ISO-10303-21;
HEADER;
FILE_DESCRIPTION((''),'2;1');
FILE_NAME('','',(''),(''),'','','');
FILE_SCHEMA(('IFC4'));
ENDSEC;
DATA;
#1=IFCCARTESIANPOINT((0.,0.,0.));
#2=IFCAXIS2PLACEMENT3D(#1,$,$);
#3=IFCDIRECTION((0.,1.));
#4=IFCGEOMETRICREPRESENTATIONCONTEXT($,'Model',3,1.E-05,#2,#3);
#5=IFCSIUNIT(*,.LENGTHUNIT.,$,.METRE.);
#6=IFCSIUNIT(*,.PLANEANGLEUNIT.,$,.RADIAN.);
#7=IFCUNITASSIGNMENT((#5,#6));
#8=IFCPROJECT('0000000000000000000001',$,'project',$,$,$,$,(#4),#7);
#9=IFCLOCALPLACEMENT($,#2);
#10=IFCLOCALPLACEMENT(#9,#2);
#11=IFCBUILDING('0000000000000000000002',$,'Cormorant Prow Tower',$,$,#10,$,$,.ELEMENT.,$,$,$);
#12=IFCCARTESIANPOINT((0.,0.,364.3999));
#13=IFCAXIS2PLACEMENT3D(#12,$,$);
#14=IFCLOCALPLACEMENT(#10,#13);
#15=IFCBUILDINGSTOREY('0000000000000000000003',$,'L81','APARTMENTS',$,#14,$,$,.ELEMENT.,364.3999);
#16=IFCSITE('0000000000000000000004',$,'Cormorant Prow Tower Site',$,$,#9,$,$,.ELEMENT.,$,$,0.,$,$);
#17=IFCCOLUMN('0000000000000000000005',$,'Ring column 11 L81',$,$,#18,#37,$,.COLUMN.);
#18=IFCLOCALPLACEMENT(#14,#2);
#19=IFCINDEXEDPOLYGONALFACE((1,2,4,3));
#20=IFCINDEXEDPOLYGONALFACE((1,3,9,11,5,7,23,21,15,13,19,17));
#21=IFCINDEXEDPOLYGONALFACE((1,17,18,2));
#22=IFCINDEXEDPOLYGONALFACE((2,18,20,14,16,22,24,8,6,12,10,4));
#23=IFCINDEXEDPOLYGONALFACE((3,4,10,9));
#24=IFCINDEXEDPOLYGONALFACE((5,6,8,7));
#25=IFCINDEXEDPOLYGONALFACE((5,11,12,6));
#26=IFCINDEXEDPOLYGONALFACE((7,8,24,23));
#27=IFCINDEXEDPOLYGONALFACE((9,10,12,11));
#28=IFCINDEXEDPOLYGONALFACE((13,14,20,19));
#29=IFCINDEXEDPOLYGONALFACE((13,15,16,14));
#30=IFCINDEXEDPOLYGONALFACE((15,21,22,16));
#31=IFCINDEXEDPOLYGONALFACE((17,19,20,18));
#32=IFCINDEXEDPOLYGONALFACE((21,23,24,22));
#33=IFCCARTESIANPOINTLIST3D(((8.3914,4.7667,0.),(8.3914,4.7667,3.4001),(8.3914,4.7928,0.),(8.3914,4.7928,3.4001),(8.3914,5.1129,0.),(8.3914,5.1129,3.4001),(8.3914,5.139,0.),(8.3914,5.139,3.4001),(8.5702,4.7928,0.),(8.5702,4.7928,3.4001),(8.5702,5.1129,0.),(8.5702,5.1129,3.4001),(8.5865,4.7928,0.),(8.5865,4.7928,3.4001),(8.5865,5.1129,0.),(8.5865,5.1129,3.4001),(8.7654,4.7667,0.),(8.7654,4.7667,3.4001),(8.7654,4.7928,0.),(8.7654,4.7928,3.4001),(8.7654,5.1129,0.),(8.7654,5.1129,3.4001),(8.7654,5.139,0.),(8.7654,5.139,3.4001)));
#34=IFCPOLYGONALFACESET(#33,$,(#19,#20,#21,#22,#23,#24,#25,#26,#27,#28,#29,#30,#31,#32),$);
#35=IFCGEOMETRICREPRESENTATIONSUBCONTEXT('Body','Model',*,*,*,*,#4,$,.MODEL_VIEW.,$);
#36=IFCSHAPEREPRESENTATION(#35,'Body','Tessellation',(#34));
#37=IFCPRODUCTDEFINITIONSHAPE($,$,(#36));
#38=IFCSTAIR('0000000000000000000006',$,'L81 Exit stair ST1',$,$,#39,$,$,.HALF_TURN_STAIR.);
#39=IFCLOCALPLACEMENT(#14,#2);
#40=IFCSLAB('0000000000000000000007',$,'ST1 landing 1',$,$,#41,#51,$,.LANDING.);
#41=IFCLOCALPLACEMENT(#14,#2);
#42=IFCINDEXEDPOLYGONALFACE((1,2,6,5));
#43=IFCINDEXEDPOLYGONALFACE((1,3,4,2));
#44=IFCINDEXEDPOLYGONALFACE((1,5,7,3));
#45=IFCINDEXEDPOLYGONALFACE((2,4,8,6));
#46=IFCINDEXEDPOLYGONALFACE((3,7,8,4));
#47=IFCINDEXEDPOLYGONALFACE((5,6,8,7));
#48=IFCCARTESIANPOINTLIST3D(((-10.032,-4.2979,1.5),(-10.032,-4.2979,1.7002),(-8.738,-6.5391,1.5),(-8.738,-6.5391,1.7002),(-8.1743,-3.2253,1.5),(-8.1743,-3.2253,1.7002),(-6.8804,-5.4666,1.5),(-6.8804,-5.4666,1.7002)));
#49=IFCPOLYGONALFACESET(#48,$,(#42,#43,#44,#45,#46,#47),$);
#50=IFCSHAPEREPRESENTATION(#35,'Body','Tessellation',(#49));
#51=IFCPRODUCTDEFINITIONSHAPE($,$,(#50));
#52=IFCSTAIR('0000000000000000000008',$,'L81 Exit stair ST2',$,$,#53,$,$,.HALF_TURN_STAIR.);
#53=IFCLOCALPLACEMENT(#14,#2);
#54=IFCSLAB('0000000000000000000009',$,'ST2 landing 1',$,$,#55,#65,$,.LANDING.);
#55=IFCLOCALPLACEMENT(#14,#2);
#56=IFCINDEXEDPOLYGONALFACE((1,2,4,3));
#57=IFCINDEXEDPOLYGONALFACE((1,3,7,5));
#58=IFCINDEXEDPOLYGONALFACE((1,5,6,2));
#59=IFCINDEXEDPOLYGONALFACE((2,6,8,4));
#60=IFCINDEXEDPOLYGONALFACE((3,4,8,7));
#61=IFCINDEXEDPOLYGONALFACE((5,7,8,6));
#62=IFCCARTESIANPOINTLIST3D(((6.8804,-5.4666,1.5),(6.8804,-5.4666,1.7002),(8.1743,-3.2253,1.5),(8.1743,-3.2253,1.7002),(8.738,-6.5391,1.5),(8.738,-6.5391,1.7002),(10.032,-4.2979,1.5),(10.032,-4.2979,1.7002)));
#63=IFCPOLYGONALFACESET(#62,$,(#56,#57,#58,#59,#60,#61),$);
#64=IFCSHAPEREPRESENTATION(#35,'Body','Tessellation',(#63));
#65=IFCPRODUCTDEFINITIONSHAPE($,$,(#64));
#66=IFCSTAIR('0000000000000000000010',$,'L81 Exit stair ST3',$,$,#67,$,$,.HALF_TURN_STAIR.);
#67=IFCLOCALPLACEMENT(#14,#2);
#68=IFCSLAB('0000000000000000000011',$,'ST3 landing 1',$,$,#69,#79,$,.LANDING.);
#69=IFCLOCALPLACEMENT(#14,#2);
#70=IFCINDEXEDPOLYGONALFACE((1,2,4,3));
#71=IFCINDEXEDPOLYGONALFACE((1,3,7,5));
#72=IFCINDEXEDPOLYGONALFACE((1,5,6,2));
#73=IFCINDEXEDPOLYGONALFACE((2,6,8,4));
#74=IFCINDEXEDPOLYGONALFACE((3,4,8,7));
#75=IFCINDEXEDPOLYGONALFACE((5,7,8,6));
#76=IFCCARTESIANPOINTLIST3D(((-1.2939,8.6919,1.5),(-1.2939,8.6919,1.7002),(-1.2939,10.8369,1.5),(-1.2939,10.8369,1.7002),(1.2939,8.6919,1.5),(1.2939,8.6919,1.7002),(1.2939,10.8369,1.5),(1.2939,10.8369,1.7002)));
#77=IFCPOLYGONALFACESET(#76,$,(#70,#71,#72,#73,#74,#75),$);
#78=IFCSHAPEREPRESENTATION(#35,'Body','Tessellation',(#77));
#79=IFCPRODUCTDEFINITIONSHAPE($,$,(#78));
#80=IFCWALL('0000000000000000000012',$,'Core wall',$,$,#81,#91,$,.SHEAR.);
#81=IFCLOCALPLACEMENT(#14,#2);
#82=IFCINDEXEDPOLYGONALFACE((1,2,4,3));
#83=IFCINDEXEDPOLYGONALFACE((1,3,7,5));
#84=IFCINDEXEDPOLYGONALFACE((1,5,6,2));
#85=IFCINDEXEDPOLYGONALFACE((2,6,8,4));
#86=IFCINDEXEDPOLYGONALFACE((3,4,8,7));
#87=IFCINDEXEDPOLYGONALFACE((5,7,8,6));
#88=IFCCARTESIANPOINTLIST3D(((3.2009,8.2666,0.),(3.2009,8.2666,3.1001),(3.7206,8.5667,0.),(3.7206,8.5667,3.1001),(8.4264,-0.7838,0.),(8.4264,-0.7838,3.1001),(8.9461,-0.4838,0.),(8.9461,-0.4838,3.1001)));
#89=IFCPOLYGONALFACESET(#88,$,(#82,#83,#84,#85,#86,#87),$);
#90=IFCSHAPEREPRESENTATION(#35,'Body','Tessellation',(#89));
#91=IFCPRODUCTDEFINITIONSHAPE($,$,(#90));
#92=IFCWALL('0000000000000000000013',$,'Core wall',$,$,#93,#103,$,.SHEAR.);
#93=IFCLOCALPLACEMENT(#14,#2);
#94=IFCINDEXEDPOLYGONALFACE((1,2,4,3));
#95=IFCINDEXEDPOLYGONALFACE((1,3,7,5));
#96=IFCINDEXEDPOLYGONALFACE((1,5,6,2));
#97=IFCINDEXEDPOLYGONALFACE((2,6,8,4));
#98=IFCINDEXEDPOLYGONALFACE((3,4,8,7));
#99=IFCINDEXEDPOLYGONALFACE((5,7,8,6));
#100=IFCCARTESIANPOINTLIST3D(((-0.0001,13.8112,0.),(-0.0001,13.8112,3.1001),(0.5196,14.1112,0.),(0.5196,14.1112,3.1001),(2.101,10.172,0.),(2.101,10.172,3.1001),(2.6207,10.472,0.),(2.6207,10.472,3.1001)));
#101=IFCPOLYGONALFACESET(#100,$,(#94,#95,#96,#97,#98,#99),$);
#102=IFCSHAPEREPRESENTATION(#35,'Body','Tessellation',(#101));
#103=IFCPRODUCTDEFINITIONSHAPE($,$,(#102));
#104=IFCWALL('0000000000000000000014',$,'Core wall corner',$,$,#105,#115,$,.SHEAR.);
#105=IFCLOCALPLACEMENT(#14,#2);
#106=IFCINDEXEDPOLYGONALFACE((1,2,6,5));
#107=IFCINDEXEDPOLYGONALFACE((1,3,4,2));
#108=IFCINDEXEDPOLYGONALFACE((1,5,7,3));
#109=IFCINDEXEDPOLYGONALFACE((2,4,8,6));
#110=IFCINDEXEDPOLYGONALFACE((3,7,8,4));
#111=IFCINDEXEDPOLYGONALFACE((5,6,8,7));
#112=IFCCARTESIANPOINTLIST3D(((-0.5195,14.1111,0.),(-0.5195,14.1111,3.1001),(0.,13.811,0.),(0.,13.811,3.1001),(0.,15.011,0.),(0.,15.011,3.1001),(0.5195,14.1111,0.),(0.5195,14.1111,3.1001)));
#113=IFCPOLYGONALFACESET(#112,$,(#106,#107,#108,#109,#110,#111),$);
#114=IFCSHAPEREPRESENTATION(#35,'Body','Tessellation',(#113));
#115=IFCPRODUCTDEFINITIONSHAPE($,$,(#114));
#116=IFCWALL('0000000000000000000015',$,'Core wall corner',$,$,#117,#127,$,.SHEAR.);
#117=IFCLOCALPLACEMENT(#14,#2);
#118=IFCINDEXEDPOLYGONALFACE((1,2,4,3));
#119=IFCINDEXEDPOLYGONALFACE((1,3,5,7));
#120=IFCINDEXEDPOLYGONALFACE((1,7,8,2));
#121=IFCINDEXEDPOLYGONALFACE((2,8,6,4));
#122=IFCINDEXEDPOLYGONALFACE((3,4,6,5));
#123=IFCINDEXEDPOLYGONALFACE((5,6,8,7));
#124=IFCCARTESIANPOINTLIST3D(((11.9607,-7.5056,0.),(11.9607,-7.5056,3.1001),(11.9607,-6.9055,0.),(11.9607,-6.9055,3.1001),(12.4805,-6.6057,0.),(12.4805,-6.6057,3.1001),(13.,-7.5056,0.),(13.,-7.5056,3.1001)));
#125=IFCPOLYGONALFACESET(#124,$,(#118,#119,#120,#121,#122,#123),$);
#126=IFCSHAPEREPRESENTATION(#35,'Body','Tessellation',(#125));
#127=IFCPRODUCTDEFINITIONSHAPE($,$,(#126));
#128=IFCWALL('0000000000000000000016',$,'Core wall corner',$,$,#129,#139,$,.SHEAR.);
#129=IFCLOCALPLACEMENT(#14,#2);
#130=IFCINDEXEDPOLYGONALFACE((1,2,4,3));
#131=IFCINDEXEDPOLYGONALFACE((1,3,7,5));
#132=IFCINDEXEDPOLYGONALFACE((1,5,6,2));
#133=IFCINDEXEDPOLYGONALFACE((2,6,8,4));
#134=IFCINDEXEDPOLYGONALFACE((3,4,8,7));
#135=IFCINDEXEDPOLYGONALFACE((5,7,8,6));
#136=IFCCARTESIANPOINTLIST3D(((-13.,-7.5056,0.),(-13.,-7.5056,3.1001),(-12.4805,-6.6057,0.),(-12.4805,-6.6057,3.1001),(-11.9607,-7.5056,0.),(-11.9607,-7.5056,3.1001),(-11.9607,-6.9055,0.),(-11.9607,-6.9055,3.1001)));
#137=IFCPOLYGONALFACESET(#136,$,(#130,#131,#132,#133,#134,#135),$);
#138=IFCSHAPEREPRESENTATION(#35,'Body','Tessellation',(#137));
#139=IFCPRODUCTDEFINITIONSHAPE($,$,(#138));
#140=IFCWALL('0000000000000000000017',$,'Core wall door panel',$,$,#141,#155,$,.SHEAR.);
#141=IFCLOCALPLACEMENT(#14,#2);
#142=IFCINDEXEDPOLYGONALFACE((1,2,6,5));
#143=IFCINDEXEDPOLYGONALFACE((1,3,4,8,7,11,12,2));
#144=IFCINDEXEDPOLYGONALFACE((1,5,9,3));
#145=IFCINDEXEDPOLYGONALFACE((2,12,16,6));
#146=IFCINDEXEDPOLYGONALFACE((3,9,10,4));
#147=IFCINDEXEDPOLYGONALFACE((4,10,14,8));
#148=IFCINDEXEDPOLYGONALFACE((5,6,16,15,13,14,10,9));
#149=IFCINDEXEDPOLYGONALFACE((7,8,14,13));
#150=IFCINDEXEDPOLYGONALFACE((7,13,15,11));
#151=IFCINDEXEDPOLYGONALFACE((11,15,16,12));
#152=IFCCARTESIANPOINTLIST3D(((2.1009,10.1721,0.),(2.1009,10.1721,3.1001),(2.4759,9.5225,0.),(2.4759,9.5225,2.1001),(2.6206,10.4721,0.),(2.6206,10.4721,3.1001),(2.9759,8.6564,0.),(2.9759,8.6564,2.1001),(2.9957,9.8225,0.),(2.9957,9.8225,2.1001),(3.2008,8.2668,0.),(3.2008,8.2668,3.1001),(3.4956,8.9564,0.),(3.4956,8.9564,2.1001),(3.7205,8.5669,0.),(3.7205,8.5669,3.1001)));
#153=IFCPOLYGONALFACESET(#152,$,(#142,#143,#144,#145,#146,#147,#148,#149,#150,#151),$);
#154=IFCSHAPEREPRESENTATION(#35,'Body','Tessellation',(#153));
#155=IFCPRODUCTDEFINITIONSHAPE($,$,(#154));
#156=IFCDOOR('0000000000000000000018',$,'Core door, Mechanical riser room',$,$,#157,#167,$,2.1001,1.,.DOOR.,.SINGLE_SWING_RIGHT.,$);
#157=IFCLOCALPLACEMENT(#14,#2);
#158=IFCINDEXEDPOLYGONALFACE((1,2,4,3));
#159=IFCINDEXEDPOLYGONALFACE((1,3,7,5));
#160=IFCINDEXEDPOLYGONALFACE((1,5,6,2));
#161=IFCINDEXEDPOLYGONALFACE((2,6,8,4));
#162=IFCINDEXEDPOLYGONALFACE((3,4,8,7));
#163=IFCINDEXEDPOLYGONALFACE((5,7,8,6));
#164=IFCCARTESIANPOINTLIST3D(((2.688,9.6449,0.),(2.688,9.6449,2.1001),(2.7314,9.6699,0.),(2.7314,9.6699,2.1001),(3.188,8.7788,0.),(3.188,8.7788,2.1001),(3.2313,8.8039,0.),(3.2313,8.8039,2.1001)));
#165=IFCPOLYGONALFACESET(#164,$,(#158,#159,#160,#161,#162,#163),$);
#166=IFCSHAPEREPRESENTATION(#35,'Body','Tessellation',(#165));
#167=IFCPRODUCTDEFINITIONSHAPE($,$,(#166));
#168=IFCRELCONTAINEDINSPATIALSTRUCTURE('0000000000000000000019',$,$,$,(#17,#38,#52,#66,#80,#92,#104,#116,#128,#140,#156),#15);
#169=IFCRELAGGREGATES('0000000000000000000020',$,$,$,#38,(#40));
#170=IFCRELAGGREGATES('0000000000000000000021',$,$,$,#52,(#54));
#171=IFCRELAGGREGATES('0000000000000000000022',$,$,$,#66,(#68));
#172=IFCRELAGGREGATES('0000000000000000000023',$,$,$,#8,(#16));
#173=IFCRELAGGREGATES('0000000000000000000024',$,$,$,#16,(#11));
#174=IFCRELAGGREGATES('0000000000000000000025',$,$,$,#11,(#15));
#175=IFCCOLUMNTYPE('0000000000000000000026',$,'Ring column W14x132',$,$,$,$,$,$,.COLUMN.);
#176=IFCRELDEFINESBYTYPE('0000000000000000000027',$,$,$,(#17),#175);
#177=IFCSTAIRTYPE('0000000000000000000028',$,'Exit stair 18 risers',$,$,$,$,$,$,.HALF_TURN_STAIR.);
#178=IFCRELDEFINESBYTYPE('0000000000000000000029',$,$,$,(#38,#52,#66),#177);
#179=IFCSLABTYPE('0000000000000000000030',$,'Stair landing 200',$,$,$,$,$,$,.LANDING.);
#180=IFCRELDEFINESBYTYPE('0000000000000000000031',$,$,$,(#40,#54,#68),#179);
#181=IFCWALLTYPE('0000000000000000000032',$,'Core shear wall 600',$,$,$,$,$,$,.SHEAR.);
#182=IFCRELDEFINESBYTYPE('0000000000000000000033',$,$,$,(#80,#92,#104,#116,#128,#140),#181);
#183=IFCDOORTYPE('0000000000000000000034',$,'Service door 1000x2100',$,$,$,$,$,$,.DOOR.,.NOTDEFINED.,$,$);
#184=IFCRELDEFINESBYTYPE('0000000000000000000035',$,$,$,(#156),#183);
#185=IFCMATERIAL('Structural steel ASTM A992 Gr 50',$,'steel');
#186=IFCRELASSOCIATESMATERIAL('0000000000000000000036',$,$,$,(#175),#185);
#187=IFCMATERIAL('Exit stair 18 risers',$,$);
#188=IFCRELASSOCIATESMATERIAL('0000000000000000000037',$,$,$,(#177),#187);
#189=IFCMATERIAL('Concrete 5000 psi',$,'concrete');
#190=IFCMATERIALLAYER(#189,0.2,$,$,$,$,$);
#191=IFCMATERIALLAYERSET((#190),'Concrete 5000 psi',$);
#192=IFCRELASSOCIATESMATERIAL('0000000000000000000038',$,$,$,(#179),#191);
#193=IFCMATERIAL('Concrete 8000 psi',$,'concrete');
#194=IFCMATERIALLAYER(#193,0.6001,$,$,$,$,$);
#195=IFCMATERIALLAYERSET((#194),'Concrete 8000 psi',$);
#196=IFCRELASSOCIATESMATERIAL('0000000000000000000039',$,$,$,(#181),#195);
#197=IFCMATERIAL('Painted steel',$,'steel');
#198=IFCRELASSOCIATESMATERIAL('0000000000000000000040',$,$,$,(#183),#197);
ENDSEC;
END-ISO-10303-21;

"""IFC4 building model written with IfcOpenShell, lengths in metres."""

from ifc_helpers import new_model, si_unit, direction, frame, frame_2d, origin, origin_2d, place, context, subcontext, project, spatial, polyline, rectangle, i_section, outline, extrude, material, layer, layer_set, material_profile, profile_set, type_object, element, fill, aggregate, save


model = new_model("IFC4")

# Units and contexts
model_context = context("Model", 3, precision=1e-05, world=origin(), true_north=direction((0.0, 1.0)))
body_context = subcontext(model_context, "Body", "Model", "MODEL_VIEW")
ifc_project = project(units=[si_unit("LENGTHUNIT", "METRE"), si_unit("PLANEANGLEUNIT", "RADIAN")], contexts=[model_context])

# Site, building, storey
site_placement = place(None, origin())
site = spatial("IfcSite", under=ifc_project, at=site_placement, Name="Cormorant Prow Tower Site", CompositionType="ELEMENT", RefElevation=0.0)
building_placement = place(site_placement, origin())
building = spatial("IfcBuilding", under=site, at=building_placement, Name="Cormorant Prow Tower", CompositionType="ELEMENT")
storey_placement = place(building_placement, frame((0.0, 0.0, 364.3999)))
storey = spatial("IfcBuildingStorey", under=building, at=storey_placement, Name="L81", Description="APARTMENTS", CompositionType="ELEMENT", Elevation=364.3999)

# Column
ifc_material_1 = material(Name="Structural steel ASTM A992 Gr 50", Category="steel")
ifc_material_profile = material_profile(ifc_material_1, i_section(OverallWidth=0.374, OverallDepth=0.3723, WebThickness=0.0164, FlangeThickness=0.0261, at=origin_2d()), Name="W14x132")
ifc_profile_set = profile_set([ifc_material_profile], Name="Structural steel ASTM A992 Gr 50")
column_type = type_object("IfcColumnType", Name="Ring column W14x132", PredefinedType="COLUMN", material=ifc_profile_set)
column_placement = place(storey_placement, frame((8.5784, 4.9529, 0.0), z_axis=(0.0, 0.0, 1.0), x_axis=(1.0, 0.0, 0.0)))
element("IfcColumn", 1, at=column_placement, inside=storey, type_object=column_type, Name="Ring column 11 L81", PredefinedType="COLUMN", context=body_context, shape_type="SweptSolid", body=[
    extrude(i_section(OverallWidth=0.374, OverallDepth=0.3723, WebThickness=0.0164, FlangeThickness=0.0261, at=origin_2d()), origin(), (0.0, 0.0, 1.0), 3.4001),
])

# Stairs, slabs
ifc_material_2 = material(Name="Exit stair 18 risers")
stair_type = type_object("IfcStairType", Name="Exit stair 18 risers", PredefinedType="HALF_TURN_STAIR", material=ifc_material_2)
stair_1_placement = place(storey_placement, origin())
stair_1 = element("IfcStair", 2, at=stair_1_placement, inside=storey, type_object=stair_type, Name="L81 Exit stair ST1", PredefinedType="HALF_TURN_STAIR")
ifc_material_3 = material(Name="Concrete 5000 psi", Category="concrete")
ifc_layer_1 = layer(ifc_material_3, 0.2)
ifc_layer_set_1 = layer_set([ifc_layer_1], Name="Concrete 5000 psi")
slab_type = type_object("IfcSlabType", Name="Stair landing 200", PredefinedType="LANDING", material=ifc_layer_set_1)
slab_1_placement = place(storey_placement, frame((0.0, 0.0, 1.5)))
slab_1 = element("IfcSlab", 3, at=slab_1_placement, type_object=slab_type, Name="ST1 landing 1", PredefinedType="LANDING", context=body_context, shape_type="SweptSolid", body=[
    extrude(outline(polyline([(-8.1743, -3.2253), (-10.032, -4.2979), (-8.738, -6.5391), (-6.8804, -5.4666), (-8.1743, -3.2253)])), origin(), (0.0, 0.0, 1.0), 0.2002),
])
aggregate(stair_1, [slab_1])
stair_2_placement = place(storey_placement, origin())
stair_2 = element("IfcStair", 4, at=stair_2_placement, inside=storey, type_object=stair_type, Name="L81 Exit stair ST2", PredefinedType="HALF_TURN_STAIR")
slab_2_placement = place(storey_placement, frame((0.0, 0.0, 1.5)))
slab_2 = element("IfcSlab", 5, at=slab_2_placement, type_object=slab_type, Name="ST2 landing 1", PredefinedType="LANDING", context=body_context, shape_type="SweptSolid", body=[
    extrude(outline(polyline([(6.8804, -5.4666), (8.738, -6.5391), (10.032, -4.2979), (8.1743, -3.2253), (6.8804, -5.4666)])), origin(), (0.0, 0.0, 1.0), 0.2002),
])
aggregate(stair_2, [slab_2])
stair_3_placement = place(storey_placement, origin())
stair_3 = element("IfcStair", 6, at=stair_3_placement, inside=storey, type_object=stair_type, Name="L81 Exit stair ST3", PredefinedType="HALF_TURN_STAIR")
slab_3_placement = place(storey_placement, frame((0.0, 0.0, 1.5)))
slab_3 = element("IfcSlab", 7, at=slab_3_placement, type_object=slab_type, Name="ST3 landing 1", PredefinedType="LANDING", context=body_context, shape_type="SweptSolid", body=[
    extrude(outline(polyline([(1.2939, 8.6919), (1.2939, 10.8369), (-1.2939, 10.8369), (-1.2939, 8.6919), (1.2939, 8.6919)])), origin(), (0.0, 0.0, 1.0), 0.2002),
])

# Walls
ifc_material_4 = material(Name="Concrete 8000 psi", Category="concrete")
ifc_layer_2 = layer(ifc_material_4, 0.6001)
ifc_layer_set_2 = layer_set([ifc_layer_2], Name="Concrete 8000 psi")
wall_type_1 = type_object("IfcWallType", Name="Core shear wall 600", PredefinedType="SHEAR", material=ifc_layer_set_2)
wall_1_placement = place(storey_placement, frame((8.6863, -0.6338, 0.0), z_axis=(0.0, 0.0, 1.0), x_axis=(-0.500018, 0.866015, 0.0)))
element("IfcWall", 8, at=wall_1_placement, inside=storey, type_object=wall_type_1, Name="Core wall", PredefinedType="SHEAR", context=body_context, shape_type="SweptSolid", body=[
    extrude(rectangle(XDim=10.4507, YDim=0.6001, at=frame_2d((5.2253, 0.0))), origin(), (0.0, 0.0, 1.0), 3.1001),
])
wall_2_placement = place(storey_placement, frame((2.3608, 10.322, 0.0), z_axis=(0.0, 0.0, 1.0), x_axis=(-0.500001, 0.866025, 0.0)))
element("IfcWall", 9, at=wall_2_placement, inside=storey, type_object=wall_type_1, Name="Core wall", PredefinedType="SHEAR", context=body_context, shape_type="SweptSolid", body=[
    extrude(rectangle(XDim=4.2021, YDim=0.6001, at=frame_2d((2.1011, 0.0))), origin(), (0.0, 0.0, 1.0), 3.1001),
])
wall_3_placement = place(storey_placement, origin())
element("IfcWall", 10, at=wall_3_placement, inside=storey, type_object=wall_type_1, Name="Core wall corner", PredefinedType="SHEAR", context=body_context, shape_type="SweptSolid", body=[
    extrude(outline(polyline([(0.0, 13.811), (-0.5195, 14.1111), (0.0, 15.011), (0.5195, 14.1111), (0.0, 13.811)])), origin(), (0.0, 0.0, 1.0), 3.1001),
])
wall_4_placement = place(storey_placement, origin())
element("IfcWall", 11, at=wall_4_placement, inside=storey, type_object=wall_type_1, Name="Core wall corner", PredefinedType="SHEAR", context=body_context, shape_type="SweptSolid", body=[
    extrude(outline(polyline([(11.9607, -7.5056), (11.9607, -6.9055), (12.4805, -6.6057), (13.0, -7.5056), (11.9607, -7.5056)])), origin(), (0.0, 0.0, 1.0), 3.1001),
])
wall_5_placement = place(storey_placement, origin())
element("IfcWall", 12, at=wall_5_placement, inside=storey, type_object=wall_type_1, Name="Core wall corner", PredefinedType="SHEAR", context=body_context, shape_type="SweptSolid", body=[
    extrude(outline(polyline([(-12.4805, -6.6057), (-11.9607, -6.9055), (-11.9607, -7.5056), (-13.0, -7.5056), (-12.4805, -6.6057)])), origin(), (0.0, 0.0, 1.0), 3.1001),
])

# Wall, opening, door
wall_6_placement = place(storey_placement, frame((3.4607, 8.4167, 0.0), z_axis=(0.0, 0.0, 1.0), x_axis=(-0.499947, 0.866056, 0.0)))
wall_6 = element("IfcWall", 13, at=wall_6_placement, inside=storey, type_object=wall_type_1, Name="Core wall door panel", PredefinedType="SHEAR", context=body_context, shape_type="SweptSolid", body=[
    extrude(rectangle(XDim=2.2, YDim=0.6001, at=frame_2d((1.1001, 0.0))), origin(), (0.0, 0.0, 1.0), 3.1001),
])
opening_1_placement = place(wall_6_placement, frame((0.45, 0.0, 0.0)))
opening_1 = element("IfcOpeningElement", 14, at=opening_1_placement, cuts=wall_6, PredefinedType="OPENING", context=body_context, shape_type="SweptSolid", body=[
    extrude(rectangle(XDim=1.0, YDim=2.1001, at=frame_2d((0.5, 1.05))), frame((0.0, 0.3101, 0.0), z_axis=(0.0, -1.0, 0.0), x_axis=(1.0, 0.0, 0.0)), (0.0, 0.0, 1.0), 0.6201),
])
ifc_material_5 = material(Name="Painted steel", Category="steel")
door_type_1 = type_object("IfcDoorType", Name="Service door 1000x2100", OperationType="NOTDEFINED", PredefinedType="DOOR", material=ifc_material_5)
door_1_placement = place(opening_1_placement, origin())
door_1 = element("IfcDoor", 15, at=door_1_placement, inside=storey, type_object=door_type_1, Name="Core door, Mechanical riser room", OperationType="SINGLE_SWING_RIGHT", OverallHeight=2.1001, OverallWidth=1.0, PredefinedType="DOOR", context=body_context, shape_type="SweptSolid", body=[
    extrude(rectangle(XDim=1.0, YDim=2.1001, at=frame_2d((0.5, 1.05))), frame((0.0, 0.0552, 0.0), z_axis=(0.0, -1.0, 0.0), x_axis=(1.0, 0.0, 0.0)), (0.0, 0.0, 1.0), 0.05),
])
fill(opening_1, door_1)

aggregate(stair_3, [slab_3])

save(model, "model.ifc")
